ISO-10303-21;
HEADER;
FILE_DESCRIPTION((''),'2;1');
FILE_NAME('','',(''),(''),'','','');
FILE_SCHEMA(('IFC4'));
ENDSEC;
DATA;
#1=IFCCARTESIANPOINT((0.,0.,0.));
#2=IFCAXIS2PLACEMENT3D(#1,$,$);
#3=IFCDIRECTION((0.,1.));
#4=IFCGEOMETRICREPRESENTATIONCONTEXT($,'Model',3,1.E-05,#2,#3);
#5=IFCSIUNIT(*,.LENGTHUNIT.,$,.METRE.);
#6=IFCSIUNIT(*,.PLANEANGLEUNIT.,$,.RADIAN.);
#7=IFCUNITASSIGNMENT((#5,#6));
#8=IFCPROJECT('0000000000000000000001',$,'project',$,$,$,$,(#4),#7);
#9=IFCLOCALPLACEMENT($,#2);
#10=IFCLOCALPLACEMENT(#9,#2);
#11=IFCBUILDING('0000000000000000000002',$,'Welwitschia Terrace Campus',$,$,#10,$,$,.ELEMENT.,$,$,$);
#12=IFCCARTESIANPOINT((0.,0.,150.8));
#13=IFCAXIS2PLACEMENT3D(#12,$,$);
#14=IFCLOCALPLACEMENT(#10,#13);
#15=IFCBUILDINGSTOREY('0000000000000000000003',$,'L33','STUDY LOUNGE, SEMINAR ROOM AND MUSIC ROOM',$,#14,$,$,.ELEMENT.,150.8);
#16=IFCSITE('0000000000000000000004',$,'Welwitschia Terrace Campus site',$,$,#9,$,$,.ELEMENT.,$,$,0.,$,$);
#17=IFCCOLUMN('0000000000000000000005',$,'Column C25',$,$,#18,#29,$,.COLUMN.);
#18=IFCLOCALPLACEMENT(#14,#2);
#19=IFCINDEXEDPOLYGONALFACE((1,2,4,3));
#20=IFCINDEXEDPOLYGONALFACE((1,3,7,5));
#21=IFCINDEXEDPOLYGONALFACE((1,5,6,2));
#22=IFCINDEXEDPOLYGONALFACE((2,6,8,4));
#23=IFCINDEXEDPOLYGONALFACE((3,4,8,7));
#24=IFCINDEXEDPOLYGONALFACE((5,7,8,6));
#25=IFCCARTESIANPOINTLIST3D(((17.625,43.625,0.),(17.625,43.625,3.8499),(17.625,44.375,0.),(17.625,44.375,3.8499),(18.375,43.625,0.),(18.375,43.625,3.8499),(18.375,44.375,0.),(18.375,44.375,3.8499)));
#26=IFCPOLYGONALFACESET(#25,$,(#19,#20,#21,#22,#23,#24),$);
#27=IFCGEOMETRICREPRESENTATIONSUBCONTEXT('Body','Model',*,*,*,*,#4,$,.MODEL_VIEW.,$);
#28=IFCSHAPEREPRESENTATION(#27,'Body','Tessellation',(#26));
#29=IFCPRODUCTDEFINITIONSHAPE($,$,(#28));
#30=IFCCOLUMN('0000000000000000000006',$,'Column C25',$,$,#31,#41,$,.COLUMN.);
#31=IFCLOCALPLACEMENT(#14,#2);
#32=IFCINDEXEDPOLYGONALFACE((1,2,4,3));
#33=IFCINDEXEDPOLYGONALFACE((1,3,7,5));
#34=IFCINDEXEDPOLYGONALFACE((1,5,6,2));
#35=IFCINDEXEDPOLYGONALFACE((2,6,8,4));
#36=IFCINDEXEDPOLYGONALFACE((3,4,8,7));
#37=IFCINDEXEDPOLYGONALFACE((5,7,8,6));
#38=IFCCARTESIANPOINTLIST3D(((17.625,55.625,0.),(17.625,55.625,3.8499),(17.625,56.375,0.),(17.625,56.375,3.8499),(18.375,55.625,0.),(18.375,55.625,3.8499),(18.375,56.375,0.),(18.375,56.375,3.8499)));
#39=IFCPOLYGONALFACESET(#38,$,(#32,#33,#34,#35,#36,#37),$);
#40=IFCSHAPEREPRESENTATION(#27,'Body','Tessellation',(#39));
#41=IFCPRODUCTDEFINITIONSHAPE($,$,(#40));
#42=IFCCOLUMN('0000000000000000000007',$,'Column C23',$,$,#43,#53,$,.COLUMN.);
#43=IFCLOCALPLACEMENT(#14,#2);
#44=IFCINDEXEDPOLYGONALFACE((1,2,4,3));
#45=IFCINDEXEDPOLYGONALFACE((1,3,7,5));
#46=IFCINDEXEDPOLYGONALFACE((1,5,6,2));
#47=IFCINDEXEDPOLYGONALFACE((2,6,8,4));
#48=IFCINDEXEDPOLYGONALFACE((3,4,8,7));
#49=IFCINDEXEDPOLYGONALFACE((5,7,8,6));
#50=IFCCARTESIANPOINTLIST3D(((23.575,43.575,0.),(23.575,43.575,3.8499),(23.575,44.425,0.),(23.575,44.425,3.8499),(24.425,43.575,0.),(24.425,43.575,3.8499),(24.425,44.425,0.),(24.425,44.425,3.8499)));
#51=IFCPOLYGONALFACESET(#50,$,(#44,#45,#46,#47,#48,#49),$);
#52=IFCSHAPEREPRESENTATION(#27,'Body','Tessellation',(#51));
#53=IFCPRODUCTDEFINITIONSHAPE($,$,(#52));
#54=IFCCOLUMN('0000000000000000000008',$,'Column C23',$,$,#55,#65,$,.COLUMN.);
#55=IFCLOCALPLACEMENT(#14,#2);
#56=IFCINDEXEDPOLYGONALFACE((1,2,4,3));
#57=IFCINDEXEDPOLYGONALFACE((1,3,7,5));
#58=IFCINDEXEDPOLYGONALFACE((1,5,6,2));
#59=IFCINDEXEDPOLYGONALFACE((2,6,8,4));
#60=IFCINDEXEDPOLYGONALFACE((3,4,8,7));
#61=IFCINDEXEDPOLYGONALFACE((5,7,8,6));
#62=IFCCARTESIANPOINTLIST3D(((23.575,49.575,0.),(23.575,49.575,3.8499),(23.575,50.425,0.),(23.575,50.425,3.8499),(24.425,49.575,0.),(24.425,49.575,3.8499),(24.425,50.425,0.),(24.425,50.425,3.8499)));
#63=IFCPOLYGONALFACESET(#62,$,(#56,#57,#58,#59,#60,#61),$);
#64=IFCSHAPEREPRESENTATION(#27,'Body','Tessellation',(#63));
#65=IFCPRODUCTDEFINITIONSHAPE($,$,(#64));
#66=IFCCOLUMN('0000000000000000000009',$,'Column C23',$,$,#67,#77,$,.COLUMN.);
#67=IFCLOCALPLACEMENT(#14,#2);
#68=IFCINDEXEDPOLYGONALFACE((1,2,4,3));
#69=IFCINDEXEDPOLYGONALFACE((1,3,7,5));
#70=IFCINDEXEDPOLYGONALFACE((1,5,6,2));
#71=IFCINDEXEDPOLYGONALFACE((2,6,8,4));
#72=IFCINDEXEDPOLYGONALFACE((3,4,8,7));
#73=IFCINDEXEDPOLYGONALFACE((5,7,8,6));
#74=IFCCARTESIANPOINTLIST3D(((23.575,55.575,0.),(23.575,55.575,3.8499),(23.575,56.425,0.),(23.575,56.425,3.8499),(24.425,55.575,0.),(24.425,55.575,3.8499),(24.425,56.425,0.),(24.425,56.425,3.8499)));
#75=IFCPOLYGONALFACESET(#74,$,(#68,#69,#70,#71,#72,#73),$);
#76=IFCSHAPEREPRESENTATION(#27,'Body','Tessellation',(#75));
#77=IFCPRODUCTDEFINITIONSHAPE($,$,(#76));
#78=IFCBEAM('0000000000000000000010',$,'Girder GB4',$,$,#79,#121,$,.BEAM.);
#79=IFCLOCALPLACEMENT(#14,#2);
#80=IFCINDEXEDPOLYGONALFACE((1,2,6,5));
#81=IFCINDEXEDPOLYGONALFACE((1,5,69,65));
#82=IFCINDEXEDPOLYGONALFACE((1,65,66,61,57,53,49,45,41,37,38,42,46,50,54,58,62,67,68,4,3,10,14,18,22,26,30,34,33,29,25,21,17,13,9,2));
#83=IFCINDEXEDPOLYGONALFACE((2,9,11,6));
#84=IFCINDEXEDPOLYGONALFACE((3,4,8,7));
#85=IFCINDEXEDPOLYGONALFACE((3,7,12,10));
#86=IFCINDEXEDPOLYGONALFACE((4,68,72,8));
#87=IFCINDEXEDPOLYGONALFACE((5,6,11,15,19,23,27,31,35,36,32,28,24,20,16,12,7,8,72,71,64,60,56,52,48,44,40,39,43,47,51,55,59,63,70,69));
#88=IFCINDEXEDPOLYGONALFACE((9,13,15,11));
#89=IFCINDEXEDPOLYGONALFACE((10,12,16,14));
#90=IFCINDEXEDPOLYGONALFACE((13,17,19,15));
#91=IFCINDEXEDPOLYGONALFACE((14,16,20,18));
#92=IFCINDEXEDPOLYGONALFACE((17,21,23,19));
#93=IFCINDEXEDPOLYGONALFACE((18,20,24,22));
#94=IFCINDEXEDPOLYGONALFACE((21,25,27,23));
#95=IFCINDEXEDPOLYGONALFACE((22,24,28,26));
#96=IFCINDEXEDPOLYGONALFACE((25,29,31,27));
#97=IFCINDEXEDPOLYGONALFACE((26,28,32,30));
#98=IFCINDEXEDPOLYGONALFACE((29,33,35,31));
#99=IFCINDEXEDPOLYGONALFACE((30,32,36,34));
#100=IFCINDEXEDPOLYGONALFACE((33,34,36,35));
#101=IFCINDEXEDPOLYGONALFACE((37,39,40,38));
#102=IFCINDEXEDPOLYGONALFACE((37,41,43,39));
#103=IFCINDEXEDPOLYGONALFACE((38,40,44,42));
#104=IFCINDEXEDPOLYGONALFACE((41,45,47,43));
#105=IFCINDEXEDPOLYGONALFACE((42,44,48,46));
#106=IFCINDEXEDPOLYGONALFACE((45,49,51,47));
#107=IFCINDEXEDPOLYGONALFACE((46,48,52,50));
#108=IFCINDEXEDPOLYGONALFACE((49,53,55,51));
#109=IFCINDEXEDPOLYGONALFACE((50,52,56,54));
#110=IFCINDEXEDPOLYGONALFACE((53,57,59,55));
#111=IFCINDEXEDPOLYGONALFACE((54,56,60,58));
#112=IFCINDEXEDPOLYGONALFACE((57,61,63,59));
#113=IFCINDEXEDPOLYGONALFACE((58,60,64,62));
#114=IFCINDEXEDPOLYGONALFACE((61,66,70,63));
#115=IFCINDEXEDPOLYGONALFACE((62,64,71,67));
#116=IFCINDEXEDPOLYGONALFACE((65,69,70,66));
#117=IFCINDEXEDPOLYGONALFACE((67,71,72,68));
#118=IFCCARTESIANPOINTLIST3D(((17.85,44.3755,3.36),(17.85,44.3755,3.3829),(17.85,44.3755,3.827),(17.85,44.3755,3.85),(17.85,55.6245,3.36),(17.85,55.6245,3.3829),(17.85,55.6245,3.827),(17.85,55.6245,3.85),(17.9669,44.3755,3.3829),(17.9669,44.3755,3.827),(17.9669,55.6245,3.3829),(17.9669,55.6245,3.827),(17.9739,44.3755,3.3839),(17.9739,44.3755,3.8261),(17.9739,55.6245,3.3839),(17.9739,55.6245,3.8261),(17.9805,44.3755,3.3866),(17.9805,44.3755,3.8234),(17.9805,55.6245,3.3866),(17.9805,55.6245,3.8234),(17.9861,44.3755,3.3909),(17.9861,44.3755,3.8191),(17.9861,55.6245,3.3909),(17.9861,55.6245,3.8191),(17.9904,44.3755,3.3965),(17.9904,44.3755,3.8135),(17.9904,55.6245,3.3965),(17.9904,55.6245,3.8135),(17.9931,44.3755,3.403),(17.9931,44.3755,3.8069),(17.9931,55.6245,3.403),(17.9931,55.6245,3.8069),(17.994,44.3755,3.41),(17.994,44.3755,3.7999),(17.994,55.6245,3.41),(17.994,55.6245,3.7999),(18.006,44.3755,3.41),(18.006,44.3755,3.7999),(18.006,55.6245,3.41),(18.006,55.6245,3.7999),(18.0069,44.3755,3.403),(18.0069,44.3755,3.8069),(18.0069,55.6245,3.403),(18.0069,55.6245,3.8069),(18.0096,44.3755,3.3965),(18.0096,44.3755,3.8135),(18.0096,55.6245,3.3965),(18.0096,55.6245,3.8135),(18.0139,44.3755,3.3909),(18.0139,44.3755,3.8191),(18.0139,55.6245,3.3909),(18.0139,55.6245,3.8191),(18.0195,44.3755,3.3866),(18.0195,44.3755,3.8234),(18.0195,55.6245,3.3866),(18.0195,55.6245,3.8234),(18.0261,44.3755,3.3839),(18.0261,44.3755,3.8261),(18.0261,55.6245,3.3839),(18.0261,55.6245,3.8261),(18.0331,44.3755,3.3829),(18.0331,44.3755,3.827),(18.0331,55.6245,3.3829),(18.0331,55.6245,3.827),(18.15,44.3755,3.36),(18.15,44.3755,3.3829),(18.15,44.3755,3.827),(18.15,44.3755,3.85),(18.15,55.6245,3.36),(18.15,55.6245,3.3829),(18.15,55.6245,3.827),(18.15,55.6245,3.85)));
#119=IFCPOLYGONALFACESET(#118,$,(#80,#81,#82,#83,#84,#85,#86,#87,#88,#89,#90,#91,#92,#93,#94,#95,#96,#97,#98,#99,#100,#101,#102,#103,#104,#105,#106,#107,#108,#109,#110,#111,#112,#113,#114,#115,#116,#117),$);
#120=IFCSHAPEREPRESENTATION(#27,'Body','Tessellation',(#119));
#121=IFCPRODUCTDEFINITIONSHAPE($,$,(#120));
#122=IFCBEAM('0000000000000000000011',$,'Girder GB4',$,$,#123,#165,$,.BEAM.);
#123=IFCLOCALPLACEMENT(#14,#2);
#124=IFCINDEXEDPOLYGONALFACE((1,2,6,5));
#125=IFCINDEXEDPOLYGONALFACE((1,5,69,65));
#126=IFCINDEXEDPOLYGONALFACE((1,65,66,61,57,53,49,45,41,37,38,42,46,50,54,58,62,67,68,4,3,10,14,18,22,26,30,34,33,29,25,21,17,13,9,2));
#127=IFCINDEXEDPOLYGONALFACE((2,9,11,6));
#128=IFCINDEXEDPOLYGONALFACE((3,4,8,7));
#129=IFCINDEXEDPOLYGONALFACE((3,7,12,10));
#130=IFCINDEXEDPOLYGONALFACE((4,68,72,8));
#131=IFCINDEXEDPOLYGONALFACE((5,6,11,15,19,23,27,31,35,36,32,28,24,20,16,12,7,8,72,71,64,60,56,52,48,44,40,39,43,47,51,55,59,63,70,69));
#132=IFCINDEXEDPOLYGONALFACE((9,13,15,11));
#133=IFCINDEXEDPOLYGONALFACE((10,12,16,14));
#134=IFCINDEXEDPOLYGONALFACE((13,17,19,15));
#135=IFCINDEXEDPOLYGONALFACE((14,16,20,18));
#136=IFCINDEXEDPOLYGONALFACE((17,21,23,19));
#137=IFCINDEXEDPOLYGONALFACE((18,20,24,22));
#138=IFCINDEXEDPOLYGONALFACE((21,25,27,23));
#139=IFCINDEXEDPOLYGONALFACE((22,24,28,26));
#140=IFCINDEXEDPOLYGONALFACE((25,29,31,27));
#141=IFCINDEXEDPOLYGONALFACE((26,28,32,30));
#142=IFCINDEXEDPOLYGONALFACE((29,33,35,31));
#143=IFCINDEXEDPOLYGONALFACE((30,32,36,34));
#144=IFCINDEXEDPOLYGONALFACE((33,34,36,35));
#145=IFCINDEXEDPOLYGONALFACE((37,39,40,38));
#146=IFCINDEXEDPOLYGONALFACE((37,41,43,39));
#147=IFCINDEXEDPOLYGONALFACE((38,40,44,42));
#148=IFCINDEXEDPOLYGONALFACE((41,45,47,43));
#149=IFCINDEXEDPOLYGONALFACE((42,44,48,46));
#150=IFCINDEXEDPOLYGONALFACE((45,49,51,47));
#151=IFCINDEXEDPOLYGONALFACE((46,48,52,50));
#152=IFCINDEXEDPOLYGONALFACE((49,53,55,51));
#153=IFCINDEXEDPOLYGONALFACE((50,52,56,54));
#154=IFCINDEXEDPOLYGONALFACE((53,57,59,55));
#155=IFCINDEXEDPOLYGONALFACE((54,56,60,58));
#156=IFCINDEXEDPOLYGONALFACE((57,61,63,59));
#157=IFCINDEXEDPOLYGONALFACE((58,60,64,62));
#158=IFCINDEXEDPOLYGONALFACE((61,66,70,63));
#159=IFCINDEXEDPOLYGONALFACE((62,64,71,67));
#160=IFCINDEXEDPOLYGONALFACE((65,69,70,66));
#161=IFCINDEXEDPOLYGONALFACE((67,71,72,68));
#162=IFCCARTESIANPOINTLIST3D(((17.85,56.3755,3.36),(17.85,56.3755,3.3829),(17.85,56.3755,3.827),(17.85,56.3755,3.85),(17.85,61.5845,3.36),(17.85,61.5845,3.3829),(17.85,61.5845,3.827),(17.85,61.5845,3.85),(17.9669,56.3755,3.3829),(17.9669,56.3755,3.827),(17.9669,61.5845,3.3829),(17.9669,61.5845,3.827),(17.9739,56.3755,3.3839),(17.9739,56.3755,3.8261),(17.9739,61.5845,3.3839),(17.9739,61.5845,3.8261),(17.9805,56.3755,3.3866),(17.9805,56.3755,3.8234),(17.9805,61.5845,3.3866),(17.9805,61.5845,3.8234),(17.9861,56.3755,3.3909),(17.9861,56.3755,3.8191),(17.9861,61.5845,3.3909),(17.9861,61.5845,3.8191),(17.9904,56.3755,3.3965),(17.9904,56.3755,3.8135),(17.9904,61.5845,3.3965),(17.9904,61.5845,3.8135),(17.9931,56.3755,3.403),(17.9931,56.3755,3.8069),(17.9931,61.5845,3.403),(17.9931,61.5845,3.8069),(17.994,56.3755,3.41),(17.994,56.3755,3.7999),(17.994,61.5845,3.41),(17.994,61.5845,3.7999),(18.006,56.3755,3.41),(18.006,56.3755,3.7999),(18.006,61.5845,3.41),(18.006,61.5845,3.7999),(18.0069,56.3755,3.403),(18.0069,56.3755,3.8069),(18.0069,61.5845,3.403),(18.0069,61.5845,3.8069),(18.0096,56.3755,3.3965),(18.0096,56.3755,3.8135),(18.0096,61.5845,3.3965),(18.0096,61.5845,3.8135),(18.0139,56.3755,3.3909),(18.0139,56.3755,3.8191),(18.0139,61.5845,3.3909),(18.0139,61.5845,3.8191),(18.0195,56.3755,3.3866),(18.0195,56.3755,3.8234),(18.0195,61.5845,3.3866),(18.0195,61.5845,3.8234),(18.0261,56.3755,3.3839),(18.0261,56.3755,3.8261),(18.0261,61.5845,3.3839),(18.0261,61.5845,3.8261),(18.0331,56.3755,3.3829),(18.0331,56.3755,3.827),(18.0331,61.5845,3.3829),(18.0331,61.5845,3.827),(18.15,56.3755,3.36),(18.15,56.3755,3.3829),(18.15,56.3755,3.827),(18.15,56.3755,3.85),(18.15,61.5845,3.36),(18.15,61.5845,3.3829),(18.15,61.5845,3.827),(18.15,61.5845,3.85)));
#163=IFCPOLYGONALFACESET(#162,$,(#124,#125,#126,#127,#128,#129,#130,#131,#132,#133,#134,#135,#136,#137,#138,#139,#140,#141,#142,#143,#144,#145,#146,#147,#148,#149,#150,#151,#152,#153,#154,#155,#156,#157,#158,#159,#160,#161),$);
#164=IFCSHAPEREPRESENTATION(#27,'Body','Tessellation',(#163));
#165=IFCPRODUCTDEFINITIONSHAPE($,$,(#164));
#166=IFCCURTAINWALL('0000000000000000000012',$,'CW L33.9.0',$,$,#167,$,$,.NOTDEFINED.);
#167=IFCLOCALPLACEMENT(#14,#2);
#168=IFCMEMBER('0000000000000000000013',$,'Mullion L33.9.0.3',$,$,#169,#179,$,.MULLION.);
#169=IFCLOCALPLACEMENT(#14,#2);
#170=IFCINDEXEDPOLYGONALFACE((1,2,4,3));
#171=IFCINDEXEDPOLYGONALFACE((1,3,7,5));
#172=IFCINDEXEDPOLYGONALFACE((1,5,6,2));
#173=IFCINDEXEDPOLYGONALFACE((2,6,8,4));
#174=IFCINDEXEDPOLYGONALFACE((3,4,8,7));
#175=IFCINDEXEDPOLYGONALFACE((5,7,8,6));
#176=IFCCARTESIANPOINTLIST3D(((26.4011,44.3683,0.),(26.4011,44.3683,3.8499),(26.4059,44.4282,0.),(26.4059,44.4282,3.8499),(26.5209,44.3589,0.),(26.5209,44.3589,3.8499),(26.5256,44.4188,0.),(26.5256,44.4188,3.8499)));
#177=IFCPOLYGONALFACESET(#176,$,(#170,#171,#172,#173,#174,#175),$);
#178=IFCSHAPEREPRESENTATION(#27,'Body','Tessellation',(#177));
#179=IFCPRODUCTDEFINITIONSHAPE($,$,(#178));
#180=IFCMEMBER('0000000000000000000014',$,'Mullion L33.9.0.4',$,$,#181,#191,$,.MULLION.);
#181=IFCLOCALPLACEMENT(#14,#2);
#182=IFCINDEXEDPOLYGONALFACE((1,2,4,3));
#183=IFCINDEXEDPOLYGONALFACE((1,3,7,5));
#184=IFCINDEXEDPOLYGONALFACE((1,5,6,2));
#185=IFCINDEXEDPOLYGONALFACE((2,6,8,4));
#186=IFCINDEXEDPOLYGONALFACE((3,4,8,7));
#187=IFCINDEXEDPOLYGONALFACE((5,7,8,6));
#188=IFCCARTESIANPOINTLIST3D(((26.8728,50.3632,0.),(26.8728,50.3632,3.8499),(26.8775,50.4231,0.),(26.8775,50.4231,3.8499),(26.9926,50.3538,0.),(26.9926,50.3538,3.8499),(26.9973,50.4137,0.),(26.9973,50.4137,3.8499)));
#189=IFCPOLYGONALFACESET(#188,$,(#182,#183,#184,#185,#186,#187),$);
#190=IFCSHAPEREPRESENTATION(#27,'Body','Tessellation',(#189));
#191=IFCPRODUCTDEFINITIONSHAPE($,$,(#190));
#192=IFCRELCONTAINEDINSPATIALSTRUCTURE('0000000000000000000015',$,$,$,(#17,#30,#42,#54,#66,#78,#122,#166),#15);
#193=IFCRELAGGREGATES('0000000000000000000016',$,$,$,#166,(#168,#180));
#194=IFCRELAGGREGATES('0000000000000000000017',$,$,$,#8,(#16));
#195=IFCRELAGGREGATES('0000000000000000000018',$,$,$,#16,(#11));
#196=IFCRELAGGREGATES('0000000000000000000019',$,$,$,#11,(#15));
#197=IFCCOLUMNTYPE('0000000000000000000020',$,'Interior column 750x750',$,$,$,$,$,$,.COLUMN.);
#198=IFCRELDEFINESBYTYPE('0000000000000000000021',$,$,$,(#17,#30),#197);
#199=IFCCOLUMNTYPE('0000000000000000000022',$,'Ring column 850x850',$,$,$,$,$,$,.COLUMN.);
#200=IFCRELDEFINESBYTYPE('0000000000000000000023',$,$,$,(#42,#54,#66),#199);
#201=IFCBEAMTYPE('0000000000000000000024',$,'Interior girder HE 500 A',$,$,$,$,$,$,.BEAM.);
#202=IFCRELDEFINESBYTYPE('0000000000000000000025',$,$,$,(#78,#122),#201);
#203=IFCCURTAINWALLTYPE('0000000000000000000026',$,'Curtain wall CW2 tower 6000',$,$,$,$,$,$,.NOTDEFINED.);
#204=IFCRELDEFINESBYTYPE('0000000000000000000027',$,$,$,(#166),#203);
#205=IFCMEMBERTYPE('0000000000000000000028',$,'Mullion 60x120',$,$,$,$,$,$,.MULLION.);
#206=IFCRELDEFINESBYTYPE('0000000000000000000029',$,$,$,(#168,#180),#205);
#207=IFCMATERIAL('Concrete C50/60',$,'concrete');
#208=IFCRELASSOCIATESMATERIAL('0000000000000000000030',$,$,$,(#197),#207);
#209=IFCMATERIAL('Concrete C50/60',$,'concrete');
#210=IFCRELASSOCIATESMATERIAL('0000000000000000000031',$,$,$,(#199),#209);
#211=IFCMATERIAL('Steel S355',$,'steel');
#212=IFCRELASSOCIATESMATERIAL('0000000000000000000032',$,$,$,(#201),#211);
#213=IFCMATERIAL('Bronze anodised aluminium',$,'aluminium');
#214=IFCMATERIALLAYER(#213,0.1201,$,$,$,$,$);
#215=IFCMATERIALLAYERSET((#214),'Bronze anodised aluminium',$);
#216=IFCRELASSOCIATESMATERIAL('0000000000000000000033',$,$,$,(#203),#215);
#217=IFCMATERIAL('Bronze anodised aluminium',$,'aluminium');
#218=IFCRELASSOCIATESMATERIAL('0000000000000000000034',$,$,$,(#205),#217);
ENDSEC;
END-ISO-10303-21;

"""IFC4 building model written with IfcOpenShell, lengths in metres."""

from ifc_helpers import new_model, si_unit, direction, frame, origin, origin_2d, place, context, subcontext, project, spatial, rectangle, i_section, extrude, material, layer, layer_set, material_profile, profile_set, type_object, element, aggregate, save


model = new_model("IFC4")

# Units and contexts
model_context = context("Model", 3, precision=1e-05, world=origin(), true_north=direction((0.0, 1.0)))
body_context = subcontext(model_context, "Body", "Model", "MODEL_VIEW")
ifc_project = project(units=[si_unit("LENGTHUNIT", "METRE"), si_unit("PLANEANGLEUNIT", "RADIAN")], contexts=[model_context])

# Site, building, storey
site_placement = place(None, origin())
site = spatial("IfcSite", under=ifc_project, at=site_placement, Name="Welwitschia Terrace Campus site", CompositionType="ELEMENT", RefElevation=0.0)
building_placement = place(site_placement, origin())
building = spatial("IfcBuilding", under=site, at=building_placement, Name="Welwitschia Terrace Campus", CompositionType="ELEMENT")
storey_placement = place(building_placement, frame((0.0, 0.0, 150.8)))
storey = spatial("IfcBuildingStorey", under=building, at=storey_placement, Name="L33", Description="STUDY LOUNGE, SEMINAR ROOM AND MUSIC ROOM", CompositionType="ELEMENT", Elevation=150.8)

# Columns
ifc_material_1 = material(Name="Concrete C50/60", Category="concrete")
ifc_material_profile_1 = material_profile(ifc_material_1, rectangle(XDim=0.75, YDim=0.75, at=origin_2d()))
ifc_profile_set_1 = profile_set([ifc_material_profile_1], Name="Concrete C50/60")
column_type_1 = type_object("IfcColumnType", Name="Interior column 750x750", PredefinedType="COLUMN", material=ifc_profile_set_1)
for number, where, z_axis, x_axis, name in (
    (1, (18.0, 44.0, 0.0), (0.0, 0.0, 1.0), (1.0, 0.0, 0.0), "Column C25"),
    (2, (18.0, 56.0, 0.0), (0.0, 0.0, 1.0), (1.0, 0.0, 0.0), "Column C25"),
):
    element("IfcColumn", number, at=place(storey_placement, frame(where, z_axis=z_axis, x_axis=x_axis)), inside=storey, type_object=column_type_1, Name=name, PredefinedType="COLUMN", context=body_context, shape_type="SweptSolid", body=[
        extrude(rectangle(XDim=0.75, YDim=0.75, at=origin_2d()), origin(), (0.0, 0.0, 1.0), 3.8499),
    ])
ifc_material_2 = material(Name="Concrete C50/60", Category="concrete")
ifc_material_profile_2 = material_profile(ifc_material_2, rectangle(XDim=0.8501, YDim=0.8501, at=origin_2d()))
ifc_profile_set_2 = profile_set([ifc_material_profile_2], Name="Concrete C50/60")
column_type_2 = type_object("IfcColumnType", Name="Ring column 850x850", PredefinedType="COLUMN", material=ifc_profile_set_2)
for number, where, z_axis, x_axis, name in (
    (3, (24.0, 44.0, 0.0), (0.0, 0.0, 1.0), (1.0, 0.0, 0.0), "Column C23"),
    (4, (24.0, 50.0, 0.0), (0.0, 0.0, 1.0), (1.0, 0.0, 0.0), "Column C23"),
    (5, (24.0, 56.0, 0.0), (0.0, 0.0, 1.0), (1.0, 0.0, 0.0), "Column C23"),
):
    element("IfcColumn", number, at=place(storey_placement, frame(where, z_axis=z_axis, x_axis=x_axis)), inside=storey, type_object=column_type_2, Name=name, PredefinedType="COLUMN", context=body_context, shape_type="SweptSolid", body=[
        extrude(rectangle(XDim=0.8501, YDim=0.8501, at=origin_2d()), origin(), (0.0, 0.0, 1.0), 3.8499),
    ])

# Beams
ifc_material_3 = material(Name="Steel S355", Category="steel")
ifc_material_profile_3 = material_profile(ifc_material_3, i_section(OverallWidth=0.3, OverallDepth=0.49, WebThickness=0.012, FlangeThickness=0.0229, FilletRadius=0.0271, at=origin_2d()))
ifc_profile_set_3 = profile_set([ifc_material_profile_3], Name="Steel S355")
beam_type_1 = type_object("IfcBeamType", Name="Interior girder HE 500 A", PredefinedType="BEAM", material=ifc_profile_set_3)
beam_1_placement = place(storey_placement, frame((18.0, 44.3755, 3.605), z_axis=(0.0, 1.0, 0.0), x_axis=(-1.0, 0.0, 0.0)))
element("IfcBeam", 6, at=beam_1_placement, inside=storey, type_object=beam_type_1, Name="Girder GB4", PredefinedType="BEAM", context=body_context, shape_type="SweptSolid", body=[
    extrude(i_section(OverallWidth=0.3, OverallDepth=0.49, WebThickness=0.012, FlangeThickness=0.0229, FilletRadius=0.0271, at=origin_2d()), origin(), (0.0, 0.0, 1.0), 11.249),
])
beam_2_placement = place(storey_placement, frame((18.0, 56.3755, 3.605), z_axis=(0.0, 1.0, 0.0), x_axis=(-1.0, 0.0, 0.0)))
element("IfcBeam", 7, at=beam_2_placement, inside=storey, type_object=beam_type_1, Name="Girder GB4", PredefinedType="BEAM", context=body_context, shape_type="SweptSolid", body=[
    extrude(i_section(OverallWidth=0.3, OverallDepth=0.49, WebThickness=0.012, FlangeThickness=0.0229, FilletRadius=0.0271, at=origin_2d()), origin(), (0.0, 0.0, 1.0), 5.209),
])

# Curtain wall, members
ifc_material_4 = material(Name="Bronze anodised aluminium", Category="aluminium")
ifc_layer_1 = layer(ifc_material_4, 0.1201)
ifc_layer_set_1 = layer_set([ifc_layer_1], Name="Bronze anodised aluminium")
curtain_wall_type = type_object("IfcCurtainWallType", Name="Curtain wall CW2 tower 6000", PredefinedType="NOTDEFINED", material=ifc_layer_set_1)
curtain_wall_placement = place(storey_placement, origin())
curtain_wall = element("IfcCurtainWall", 8, at=curtain_wall_placement, inside=storey, type_object=curtain_wall_type, Name="CW L33.9.0", PredefinedType="NOTDEFINED")
ifc_material_5 = material(Name="Bronze anodised aluminium", Category="aluminium")
ifc_material_profile_4 = material_profile(ifc_material_5, rectangle(XDim=0.1201, YDim=0.0601, at=origin_2d()))
ifc_profile_set_4 = profile_set([ifc_material_profile_4], Name="Bronze anodised aluminium")
member_type = type_object("IfcMemberType", Name="Mullion 60x120", PredefinedType="MULLION", material=ifc_profile_set_4)
member_1_placement = place(storey_placement, frame((26.4634, 44.3936, 0.0), z_axis=(0.0, 0.0, 1.0), x_axis=(-0.996917, 0.078459, 0.0)))
member_1 = element("IfcMember", 9, at=member_1_placement, type_object=member_type, Name="Mullion L33.9.0.3", PredefinedType="MULLION", context=body_context, shape_type="SweptSolid", body=[
    extrude(rectangle(XDim=0.1201, YDim=0.0601, at=origin_2d()), origin(), (0.0, 0.0, 1.0), 3.8499),
])
member_2_placement = place(storey_placement, frame((26.9351, 50.3884, 0.0), z_axis=(0.0, 0.0, 1.0), x_axis=(-0.996917, 0.078459, 0.0)))
member_2 = element("IfcMember", 10, at=member_2_placement, type_object=member_type, Name="Mullion L33.9.0.4", PredefinedType="MULLION", context=body_context, shape_type="SweptSolid", body=[
    extrude(rectangle(XDim=0.1201, YDim=0.0601, at=origin_2d()), origin(), (0.0, 0.0, 1.0), 3.8499),
])

aggregate(curtain_wall, [member_1, member_2])

save(model, "model.ifc")
